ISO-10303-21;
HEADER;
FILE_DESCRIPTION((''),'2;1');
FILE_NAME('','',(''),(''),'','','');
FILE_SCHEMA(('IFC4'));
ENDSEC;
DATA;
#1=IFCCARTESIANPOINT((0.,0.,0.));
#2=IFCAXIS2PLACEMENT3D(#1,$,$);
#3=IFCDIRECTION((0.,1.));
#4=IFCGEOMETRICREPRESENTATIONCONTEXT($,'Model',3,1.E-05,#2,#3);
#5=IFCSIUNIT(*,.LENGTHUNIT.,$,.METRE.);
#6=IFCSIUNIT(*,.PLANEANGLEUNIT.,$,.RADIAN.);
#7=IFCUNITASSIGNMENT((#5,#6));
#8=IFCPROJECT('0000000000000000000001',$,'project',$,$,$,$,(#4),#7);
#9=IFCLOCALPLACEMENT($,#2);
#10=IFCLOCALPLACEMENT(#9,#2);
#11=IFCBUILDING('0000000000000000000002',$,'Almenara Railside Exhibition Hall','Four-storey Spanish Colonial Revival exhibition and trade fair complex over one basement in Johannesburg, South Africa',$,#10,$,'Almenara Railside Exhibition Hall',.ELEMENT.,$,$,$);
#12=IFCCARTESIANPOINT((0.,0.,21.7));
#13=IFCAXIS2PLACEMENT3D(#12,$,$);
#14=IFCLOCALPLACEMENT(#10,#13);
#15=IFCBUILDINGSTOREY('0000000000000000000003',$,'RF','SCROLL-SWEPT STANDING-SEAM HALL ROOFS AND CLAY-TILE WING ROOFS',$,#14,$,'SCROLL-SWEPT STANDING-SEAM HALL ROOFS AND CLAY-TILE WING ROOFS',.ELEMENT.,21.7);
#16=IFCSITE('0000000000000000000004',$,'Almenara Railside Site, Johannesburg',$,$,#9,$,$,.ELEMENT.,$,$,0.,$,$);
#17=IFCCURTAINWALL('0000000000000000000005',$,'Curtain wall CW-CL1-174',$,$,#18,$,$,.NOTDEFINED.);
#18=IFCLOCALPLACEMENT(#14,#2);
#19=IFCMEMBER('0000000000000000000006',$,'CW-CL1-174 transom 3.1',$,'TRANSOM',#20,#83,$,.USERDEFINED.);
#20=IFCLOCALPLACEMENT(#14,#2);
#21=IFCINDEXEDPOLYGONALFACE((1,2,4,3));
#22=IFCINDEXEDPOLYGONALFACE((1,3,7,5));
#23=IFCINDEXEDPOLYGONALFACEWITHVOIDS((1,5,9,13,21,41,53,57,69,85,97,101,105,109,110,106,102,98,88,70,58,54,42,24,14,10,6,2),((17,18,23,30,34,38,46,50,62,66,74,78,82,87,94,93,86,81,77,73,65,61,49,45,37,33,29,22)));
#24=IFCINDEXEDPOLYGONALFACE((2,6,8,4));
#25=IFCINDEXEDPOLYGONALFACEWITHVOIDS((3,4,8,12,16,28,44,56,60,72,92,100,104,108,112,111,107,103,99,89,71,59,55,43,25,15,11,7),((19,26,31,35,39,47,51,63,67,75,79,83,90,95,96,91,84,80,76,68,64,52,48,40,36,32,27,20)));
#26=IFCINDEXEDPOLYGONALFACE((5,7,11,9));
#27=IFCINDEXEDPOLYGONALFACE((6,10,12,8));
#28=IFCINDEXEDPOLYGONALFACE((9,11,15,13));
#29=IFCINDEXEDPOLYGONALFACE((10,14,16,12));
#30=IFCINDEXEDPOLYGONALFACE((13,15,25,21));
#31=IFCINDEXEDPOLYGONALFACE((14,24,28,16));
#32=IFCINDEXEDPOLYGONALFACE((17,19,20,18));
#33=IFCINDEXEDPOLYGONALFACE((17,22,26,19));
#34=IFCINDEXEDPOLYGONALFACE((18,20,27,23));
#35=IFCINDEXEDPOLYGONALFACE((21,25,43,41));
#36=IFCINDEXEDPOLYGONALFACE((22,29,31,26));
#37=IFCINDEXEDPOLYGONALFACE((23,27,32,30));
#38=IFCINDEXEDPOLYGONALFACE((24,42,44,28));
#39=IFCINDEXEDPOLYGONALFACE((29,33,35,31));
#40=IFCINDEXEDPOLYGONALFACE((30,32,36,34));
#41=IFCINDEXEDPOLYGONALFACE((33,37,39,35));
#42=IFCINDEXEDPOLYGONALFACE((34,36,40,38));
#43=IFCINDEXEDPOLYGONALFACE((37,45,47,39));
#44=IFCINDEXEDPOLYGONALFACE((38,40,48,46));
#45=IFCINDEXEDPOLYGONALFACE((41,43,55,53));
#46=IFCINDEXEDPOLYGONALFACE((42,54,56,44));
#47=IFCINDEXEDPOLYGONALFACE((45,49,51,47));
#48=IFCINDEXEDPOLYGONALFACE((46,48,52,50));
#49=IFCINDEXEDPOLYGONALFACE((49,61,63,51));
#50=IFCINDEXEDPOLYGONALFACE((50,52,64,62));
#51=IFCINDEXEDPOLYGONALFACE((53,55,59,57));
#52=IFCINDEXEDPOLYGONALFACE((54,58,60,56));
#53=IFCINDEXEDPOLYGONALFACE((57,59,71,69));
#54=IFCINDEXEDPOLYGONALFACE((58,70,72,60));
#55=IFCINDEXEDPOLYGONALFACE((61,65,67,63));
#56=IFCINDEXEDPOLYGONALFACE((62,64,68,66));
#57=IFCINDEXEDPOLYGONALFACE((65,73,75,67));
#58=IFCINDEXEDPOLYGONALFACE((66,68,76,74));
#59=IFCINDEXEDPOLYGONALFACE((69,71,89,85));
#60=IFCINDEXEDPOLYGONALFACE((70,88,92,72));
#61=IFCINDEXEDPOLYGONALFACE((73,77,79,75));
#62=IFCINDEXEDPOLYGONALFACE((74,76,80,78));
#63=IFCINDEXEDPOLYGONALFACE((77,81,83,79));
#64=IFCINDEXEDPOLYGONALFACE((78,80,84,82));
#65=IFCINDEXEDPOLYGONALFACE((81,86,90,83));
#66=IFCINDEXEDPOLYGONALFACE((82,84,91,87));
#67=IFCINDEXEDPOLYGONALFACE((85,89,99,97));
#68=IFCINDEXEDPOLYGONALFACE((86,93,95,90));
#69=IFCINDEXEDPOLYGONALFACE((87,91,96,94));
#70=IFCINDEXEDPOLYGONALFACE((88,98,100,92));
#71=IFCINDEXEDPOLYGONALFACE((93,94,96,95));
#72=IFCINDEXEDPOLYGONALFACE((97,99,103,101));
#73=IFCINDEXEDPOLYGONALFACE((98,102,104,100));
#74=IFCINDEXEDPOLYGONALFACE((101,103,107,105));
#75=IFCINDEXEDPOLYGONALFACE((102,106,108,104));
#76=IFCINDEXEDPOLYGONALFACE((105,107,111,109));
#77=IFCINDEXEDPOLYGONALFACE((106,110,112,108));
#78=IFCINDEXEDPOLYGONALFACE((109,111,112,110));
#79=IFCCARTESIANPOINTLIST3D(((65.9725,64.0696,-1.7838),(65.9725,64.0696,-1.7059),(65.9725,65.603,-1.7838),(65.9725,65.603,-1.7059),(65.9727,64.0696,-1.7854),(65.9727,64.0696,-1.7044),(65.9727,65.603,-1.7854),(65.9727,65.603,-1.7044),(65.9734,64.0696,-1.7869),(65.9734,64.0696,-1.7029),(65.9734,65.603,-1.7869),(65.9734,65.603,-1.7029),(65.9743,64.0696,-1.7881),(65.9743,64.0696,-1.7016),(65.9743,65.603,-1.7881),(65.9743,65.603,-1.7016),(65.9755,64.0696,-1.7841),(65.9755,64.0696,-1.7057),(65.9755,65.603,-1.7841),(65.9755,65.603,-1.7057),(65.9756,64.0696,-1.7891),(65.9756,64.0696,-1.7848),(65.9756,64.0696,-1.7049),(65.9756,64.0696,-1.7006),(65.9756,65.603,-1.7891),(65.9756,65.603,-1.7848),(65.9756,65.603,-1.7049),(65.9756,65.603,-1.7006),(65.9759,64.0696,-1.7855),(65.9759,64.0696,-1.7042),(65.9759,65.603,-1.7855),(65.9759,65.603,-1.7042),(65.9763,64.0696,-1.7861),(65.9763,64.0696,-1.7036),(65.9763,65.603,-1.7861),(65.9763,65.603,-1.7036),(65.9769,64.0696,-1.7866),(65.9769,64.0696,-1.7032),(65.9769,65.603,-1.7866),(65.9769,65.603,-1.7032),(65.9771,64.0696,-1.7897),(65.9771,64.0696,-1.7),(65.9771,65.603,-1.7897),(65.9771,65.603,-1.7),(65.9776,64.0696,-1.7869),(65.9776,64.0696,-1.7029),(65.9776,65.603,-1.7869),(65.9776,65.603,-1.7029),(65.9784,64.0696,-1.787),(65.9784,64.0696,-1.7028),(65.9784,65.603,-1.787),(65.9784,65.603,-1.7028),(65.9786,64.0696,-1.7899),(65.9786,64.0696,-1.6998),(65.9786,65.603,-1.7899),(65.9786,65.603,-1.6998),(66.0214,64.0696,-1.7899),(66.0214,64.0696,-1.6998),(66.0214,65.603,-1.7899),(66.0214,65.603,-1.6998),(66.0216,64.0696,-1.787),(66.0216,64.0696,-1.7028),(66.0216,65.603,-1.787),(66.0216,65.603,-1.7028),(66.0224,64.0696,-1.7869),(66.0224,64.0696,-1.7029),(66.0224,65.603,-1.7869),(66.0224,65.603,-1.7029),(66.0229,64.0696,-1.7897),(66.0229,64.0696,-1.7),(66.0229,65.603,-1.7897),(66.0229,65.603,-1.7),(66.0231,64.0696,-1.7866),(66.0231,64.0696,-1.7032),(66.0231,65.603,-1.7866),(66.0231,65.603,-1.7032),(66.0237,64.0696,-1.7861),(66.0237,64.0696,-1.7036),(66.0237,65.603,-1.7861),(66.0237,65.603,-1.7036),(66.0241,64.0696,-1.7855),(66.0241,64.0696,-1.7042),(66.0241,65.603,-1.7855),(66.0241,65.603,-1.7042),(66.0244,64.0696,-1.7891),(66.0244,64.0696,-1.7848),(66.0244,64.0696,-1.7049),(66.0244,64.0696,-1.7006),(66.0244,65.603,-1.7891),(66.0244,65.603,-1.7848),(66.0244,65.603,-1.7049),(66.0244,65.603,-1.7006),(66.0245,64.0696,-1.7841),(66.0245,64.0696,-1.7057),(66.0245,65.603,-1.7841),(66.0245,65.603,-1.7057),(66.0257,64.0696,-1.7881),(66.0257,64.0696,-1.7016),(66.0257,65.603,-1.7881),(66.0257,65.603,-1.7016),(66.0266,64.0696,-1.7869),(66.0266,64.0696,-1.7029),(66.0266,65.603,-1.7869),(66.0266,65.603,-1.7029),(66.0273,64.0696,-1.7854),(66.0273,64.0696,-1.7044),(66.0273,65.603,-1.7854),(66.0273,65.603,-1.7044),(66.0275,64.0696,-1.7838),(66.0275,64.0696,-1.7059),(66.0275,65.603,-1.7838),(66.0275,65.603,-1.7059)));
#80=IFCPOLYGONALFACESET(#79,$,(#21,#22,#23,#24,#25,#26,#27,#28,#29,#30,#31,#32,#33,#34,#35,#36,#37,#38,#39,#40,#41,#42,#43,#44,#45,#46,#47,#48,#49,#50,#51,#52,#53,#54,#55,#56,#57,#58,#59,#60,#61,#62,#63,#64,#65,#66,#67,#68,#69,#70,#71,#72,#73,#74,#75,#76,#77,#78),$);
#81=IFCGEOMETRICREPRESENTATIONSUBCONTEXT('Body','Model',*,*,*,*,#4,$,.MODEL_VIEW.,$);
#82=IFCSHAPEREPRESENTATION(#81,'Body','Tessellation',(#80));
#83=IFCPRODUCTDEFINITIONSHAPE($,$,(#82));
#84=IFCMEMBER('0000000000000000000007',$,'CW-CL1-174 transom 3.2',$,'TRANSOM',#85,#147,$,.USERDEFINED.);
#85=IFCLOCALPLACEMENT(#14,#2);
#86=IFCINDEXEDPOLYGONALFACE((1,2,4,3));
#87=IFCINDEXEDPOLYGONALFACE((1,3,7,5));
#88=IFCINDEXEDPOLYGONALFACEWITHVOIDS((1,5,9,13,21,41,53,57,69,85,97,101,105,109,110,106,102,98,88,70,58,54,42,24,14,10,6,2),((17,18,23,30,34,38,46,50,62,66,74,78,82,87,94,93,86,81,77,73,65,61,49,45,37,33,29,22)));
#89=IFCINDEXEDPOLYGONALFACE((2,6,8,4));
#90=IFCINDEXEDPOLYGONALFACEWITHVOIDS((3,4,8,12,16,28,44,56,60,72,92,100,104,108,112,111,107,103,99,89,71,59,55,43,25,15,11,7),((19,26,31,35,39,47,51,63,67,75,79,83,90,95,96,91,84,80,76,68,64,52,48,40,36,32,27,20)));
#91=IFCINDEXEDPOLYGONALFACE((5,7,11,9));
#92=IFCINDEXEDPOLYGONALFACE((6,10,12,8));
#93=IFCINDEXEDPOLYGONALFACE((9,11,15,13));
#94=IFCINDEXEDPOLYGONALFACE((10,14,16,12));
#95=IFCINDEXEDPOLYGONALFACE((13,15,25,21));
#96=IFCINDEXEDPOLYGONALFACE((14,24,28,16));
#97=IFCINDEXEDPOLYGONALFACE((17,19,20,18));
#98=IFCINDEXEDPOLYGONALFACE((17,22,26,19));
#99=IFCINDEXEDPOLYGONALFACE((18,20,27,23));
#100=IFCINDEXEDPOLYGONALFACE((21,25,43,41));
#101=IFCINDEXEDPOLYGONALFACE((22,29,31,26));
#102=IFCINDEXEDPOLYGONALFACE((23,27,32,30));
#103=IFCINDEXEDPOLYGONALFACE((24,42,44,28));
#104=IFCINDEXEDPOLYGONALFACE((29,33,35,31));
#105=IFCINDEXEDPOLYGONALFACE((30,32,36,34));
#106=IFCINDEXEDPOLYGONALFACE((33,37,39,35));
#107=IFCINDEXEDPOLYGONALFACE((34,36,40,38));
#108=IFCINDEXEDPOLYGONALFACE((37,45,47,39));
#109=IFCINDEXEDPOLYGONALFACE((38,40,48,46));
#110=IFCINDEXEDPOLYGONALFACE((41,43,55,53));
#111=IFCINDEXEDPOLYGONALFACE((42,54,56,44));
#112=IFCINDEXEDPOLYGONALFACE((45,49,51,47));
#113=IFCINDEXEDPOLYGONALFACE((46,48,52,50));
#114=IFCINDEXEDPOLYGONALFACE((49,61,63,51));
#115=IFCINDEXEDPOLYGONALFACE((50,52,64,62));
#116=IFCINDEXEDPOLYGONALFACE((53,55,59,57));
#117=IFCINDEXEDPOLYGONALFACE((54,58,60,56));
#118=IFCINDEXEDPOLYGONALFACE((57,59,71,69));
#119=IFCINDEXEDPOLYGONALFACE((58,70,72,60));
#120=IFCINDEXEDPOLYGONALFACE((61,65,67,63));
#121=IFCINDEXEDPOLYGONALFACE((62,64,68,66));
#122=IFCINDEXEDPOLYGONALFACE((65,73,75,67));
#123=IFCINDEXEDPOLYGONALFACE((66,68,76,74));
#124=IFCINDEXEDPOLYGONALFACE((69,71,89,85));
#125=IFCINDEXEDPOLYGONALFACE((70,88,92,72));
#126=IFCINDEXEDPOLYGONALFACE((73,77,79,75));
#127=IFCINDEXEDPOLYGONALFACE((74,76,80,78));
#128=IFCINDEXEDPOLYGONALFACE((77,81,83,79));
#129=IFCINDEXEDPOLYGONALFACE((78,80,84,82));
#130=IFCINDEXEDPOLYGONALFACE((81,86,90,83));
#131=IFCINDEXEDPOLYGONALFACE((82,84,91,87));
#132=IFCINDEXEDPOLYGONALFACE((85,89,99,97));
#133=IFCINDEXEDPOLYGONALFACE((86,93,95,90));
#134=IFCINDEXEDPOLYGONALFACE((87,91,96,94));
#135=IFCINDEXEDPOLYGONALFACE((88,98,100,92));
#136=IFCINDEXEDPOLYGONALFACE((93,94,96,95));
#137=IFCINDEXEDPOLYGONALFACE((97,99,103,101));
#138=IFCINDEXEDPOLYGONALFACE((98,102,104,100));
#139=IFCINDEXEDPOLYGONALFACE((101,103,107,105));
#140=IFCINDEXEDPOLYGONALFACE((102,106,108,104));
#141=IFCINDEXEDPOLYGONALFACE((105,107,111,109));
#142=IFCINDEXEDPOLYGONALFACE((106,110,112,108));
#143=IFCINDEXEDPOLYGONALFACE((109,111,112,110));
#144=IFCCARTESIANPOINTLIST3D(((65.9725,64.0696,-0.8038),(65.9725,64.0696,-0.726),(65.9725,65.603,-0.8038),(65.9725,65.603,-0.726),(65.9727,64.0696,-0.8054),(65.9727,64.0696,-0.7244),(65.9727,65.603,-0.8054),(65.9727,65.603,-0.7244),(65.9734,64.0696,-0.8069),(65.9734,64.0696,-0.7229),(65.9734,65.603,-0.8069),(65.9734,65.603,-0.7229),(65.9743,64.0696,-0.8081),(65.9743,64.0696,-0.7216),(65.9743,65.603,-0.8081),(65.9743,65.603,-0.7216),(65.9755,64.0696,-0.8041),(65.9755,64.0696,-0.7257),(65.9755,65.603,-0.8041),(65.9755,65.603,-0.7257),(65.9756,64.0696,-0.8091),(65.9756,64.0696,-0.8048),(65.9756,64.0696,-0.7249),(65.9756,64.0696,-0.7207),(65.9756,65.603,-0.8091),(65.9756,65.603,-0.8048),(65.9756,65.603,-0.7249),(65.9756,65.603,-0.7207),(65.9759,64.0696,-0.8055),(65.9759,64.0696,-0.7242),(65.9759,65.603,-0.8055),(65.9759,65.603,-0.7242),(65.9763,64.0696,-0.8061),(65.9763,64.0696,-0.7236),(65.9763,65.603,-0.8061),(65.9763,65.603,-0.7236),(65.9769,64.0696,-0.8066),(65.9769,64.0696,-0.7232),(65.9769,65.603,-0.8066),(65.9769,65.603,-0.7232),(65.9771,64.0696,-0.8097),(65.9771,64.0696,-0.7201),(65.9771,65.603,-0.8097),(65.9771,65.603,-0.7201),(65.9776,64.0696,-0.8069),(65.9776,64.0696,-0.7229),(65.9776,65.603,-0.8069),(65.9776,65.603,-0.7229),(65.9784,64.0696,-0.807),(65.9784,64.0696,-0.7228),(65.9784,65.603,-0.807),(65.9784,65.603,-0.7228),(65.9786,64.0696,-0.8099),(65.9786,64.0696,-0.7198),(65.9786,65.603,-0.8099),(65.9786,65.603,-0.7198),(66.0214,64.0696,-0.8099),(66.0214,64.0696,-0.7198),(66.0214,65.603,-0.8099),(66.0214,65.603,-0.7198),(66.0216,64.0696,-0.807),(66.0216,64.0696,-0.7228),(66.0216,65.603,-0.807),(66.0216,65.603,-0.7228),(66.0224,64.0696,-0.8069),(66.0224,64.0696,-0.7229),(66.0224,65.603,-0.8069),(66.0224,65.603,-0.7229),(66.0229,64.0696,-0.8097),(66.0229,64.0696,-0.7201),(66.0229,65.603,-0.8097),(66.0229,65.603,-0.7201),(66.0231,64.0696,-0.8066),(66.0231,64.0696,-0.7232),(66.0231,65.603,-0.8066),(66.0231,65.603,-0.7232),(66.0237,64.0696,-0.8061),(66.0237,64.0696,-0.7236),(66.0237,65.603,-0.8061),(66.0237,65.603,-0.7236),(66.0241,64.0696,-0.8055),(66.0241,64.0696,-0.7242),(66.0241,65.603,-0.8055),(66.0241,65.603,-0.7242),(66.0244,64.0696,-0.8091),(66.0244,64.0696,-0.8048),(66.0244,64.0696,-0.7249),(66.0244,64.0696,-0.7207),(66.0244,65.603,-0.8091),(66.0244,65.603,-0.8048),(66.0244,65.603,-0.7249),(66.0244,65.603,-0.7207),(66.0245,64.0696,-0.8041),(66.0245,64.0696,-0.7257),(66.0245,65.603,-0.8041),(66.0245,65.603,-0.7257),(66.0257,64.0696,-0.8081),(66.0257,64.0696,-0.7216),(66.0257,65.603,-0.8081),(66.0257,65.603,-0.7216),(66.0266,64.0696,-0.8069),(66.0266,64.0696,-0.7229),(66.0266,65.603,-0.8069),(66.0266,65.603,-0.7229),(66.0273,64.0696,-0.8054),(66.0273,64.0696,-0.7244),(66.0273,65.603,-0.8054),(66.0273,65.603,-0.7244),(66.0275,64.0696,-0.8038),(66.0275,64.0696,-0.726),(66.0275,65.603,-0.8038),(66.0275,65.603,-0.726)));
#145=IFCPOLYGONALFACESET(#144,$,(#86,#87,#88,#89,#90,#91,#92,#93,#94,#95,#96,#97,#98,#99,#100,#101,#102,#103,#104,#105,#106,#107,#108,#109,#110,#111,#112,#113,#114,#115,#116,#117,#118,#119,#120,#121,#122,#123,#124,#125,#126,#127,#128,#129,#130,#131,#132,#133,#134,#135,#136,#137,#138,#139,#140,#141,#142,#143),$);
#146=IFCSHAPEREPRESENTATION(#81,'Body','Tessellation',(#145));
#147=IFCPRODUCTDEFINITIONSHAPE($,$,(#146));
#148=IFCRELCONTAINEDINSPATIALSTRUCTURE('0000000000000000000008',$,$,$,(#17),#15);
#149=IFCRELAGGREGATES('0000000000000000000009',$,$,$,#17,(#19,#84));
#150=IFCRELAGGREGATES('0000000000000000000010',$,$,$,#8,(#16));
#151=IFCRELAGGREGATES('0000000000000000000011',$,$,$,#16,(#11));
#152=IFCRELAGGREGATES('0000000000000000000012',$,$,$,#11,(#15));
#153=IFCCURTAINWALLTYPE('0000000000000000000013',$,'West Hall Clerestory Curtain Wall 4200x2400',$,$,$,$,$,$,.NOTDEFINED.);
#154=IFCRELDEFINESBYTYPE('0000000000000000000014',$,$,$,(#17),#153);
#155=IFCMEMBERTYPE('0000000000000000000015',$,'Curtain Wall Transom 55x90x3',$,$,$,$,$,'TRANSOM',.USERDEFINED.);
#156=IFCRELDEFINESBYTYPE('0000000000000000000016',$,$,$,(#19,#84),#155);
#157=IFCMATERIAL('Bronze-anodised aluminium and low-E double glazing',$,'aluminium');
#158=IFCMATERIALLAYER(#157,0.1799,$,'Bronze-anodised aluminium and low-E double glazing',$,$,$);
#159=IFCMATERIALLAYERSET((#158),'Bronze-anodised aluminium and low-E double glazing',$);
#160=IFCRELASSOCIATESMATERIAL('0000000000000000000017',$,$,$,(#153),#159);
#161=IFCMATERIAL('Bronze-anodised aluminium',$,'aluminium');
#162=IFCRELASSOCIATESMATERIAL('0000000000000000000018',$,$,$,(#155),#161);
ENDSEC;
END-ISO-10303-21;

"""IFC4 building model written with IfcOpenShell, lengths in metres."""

from ifc_helpers import new_model, si_unit, direction, frame, origin, origin_2d, place, context, subcontext, project, spatial, hollow_rectangle, extrude, material, layer, layer_set, material_profile, profile_set, type_object, element, aggregate, save


model = new_model("IFC4")

# Units and contexts
model_context = context("Model", 3, precision=1e-05, world=origin(), true_north=direction((0.0, 1.0)))
body_context = subcontext(model_context, "Body", "Model", "MODEL_VIEW")
ifc_project = project(units=[si_unit("LENGTHUNIT", "METRE"), si_unit("PLANEANGLEUNIT", "RADIAN")], contexts=[model_context])

# Site, building, storey
site_placement = place(None, origin())
site = spatial("IfcSite", under=ifc_project, at=site_placement, Name="Almenara Railside Site, Johannesburg", CompositionType="ELEMENT", RefElevation=0.0)
building_placement = place(site_placement, origin())
building = spatial("IfcBuilding", under=site, at=building_placement, Name="Almenara Railside Exhibition Hall", Description="Four-storey Spanish Colonial Revival exhibition and trade fair complex over one basement in Johannesburg, South Africa", LongName="Almenara Railside Exhibition Hall", CompositionType="ELEMENT")
storey_placement = place(building_placement, frame((0.0, 0.0, 21.7)))
storey = spatial("IfcBuildingStorey", under=building, at=storey_placement, Name="RF", Description="SCROLL-SWEPT STANDING-SEAM HALL ROOFS AND CLAY-TILE WING ROOFS", LongName="SCROLL-SWEPT STANDING-SEAM HALL ROOFS AND CLAY-TILE WING ROOFS", CompositionType="ELEMENT", Elevation=21.7)

# Curtain wall
ifc_material_1 = material(Name="Bronze-anodised aluminium and low-E double glazing", Category="aluminium")
ifc_layer_1 = layer(ifc_material_1, 0.1799, Name="Bronze-anodised aluminium and low-E double glazing")
ifc_layer_set_1 = layer_set([ifc_layer_1], Name="Bronze-anodised aluminium and low-E double glazing")
curtain_wall_type = type_object("IfcCurtainWallType", Name="West Hall Clerestory Curtain Wall 4200x2400", PredefinedType="NOTDEFINED", material=ifc_layer_set_1)
curtain_wall_1_placement = place(storey_placement, origin())
curtain_wall_1 = element("IfcCurtainWall", 1, at=curtain_wall_1_placement, inside=storey, type_object=curtain_wall_type, Name="Curtain wall CW-CL1-174", PredefinedType="NOTDEFINED")
ifc_material_2 = material(Name="Bronze-anodised aluminium", Category="aluminium")

# Members
ifc_material_profile_1 = material_profile(ifc_material_2, hollow_rectangle(XDim=0.0549, YDim=0.0901, WallThickness=0.0029, InnerFilletRadius=0.0029, OuterFilletRadius=0.0061, at=origin_2d()), Name="ALU-TRN 55x90x3")
ifc_profile_set_1 = profile_set([ifc_material_profile_1], Name="Bronze-anodised aluminium")
member_type_1 = type_object("IfcMemberType", Name="Curtain Wall Transom 55x90x3", ElementType="TRANSOM", PredefinedType="USERDEFINED", material=ifc_profile_set_1)
member_1_placement = place(storey_placement, frame((66.0, 64.0696, -1.7449), z_axis=(0.0, 1.0, 0.0), x_axis=(-1.0, 0.0, 0.0)))
member_1 = element("IfcMember", 2, at=member_1_placement, type_object=member_type_1, Name="CW-CL1-174 transom 3.1", ObjectType="TRANSOM", PredefinedType="USERDEFINED", context=body_context, shape_type="SweptSolid", body=[
    extrude(hollow_rectangle(XDim=0.0549, YDim=0.0901, WallThickness=0.0029, InnerFilletRadius=0.0029, OuterFilletRadius=0.0061, at=origin_2d()), origin(), (0.0, 0.0, 1.0), 1.5334),
])
member_2_placement = place(storey_placement, frame((66.0, 64.0696, -0.7649), z_axis=(0.0, 1.0, 0.0), x_axis=(-1.0, 0.0, 0.0)))
member_2 = element("IfcMember", 3, at=member_2_placement, type_object=member_type_1, Name="CW-CL1-174 transom 3.2", ObjectType="TRANSOM", PredefinedType="USERDEFINED", context=body_context, shape_type="SweptSolid", body=[
    extrude(hollow_rectangle(XDim=0.0549, YDim=0.0901, WallThickness=0.0029, InnerFilletRadius=0.0029, OuterFilletRadius=0.0061, at=origin_2d()), origin(), (0.0, 0.0, 1.0), 1.5334),
])

aggregate(curtain_wall_1, [member_1, member_2])

save(model, "model.ifc")
